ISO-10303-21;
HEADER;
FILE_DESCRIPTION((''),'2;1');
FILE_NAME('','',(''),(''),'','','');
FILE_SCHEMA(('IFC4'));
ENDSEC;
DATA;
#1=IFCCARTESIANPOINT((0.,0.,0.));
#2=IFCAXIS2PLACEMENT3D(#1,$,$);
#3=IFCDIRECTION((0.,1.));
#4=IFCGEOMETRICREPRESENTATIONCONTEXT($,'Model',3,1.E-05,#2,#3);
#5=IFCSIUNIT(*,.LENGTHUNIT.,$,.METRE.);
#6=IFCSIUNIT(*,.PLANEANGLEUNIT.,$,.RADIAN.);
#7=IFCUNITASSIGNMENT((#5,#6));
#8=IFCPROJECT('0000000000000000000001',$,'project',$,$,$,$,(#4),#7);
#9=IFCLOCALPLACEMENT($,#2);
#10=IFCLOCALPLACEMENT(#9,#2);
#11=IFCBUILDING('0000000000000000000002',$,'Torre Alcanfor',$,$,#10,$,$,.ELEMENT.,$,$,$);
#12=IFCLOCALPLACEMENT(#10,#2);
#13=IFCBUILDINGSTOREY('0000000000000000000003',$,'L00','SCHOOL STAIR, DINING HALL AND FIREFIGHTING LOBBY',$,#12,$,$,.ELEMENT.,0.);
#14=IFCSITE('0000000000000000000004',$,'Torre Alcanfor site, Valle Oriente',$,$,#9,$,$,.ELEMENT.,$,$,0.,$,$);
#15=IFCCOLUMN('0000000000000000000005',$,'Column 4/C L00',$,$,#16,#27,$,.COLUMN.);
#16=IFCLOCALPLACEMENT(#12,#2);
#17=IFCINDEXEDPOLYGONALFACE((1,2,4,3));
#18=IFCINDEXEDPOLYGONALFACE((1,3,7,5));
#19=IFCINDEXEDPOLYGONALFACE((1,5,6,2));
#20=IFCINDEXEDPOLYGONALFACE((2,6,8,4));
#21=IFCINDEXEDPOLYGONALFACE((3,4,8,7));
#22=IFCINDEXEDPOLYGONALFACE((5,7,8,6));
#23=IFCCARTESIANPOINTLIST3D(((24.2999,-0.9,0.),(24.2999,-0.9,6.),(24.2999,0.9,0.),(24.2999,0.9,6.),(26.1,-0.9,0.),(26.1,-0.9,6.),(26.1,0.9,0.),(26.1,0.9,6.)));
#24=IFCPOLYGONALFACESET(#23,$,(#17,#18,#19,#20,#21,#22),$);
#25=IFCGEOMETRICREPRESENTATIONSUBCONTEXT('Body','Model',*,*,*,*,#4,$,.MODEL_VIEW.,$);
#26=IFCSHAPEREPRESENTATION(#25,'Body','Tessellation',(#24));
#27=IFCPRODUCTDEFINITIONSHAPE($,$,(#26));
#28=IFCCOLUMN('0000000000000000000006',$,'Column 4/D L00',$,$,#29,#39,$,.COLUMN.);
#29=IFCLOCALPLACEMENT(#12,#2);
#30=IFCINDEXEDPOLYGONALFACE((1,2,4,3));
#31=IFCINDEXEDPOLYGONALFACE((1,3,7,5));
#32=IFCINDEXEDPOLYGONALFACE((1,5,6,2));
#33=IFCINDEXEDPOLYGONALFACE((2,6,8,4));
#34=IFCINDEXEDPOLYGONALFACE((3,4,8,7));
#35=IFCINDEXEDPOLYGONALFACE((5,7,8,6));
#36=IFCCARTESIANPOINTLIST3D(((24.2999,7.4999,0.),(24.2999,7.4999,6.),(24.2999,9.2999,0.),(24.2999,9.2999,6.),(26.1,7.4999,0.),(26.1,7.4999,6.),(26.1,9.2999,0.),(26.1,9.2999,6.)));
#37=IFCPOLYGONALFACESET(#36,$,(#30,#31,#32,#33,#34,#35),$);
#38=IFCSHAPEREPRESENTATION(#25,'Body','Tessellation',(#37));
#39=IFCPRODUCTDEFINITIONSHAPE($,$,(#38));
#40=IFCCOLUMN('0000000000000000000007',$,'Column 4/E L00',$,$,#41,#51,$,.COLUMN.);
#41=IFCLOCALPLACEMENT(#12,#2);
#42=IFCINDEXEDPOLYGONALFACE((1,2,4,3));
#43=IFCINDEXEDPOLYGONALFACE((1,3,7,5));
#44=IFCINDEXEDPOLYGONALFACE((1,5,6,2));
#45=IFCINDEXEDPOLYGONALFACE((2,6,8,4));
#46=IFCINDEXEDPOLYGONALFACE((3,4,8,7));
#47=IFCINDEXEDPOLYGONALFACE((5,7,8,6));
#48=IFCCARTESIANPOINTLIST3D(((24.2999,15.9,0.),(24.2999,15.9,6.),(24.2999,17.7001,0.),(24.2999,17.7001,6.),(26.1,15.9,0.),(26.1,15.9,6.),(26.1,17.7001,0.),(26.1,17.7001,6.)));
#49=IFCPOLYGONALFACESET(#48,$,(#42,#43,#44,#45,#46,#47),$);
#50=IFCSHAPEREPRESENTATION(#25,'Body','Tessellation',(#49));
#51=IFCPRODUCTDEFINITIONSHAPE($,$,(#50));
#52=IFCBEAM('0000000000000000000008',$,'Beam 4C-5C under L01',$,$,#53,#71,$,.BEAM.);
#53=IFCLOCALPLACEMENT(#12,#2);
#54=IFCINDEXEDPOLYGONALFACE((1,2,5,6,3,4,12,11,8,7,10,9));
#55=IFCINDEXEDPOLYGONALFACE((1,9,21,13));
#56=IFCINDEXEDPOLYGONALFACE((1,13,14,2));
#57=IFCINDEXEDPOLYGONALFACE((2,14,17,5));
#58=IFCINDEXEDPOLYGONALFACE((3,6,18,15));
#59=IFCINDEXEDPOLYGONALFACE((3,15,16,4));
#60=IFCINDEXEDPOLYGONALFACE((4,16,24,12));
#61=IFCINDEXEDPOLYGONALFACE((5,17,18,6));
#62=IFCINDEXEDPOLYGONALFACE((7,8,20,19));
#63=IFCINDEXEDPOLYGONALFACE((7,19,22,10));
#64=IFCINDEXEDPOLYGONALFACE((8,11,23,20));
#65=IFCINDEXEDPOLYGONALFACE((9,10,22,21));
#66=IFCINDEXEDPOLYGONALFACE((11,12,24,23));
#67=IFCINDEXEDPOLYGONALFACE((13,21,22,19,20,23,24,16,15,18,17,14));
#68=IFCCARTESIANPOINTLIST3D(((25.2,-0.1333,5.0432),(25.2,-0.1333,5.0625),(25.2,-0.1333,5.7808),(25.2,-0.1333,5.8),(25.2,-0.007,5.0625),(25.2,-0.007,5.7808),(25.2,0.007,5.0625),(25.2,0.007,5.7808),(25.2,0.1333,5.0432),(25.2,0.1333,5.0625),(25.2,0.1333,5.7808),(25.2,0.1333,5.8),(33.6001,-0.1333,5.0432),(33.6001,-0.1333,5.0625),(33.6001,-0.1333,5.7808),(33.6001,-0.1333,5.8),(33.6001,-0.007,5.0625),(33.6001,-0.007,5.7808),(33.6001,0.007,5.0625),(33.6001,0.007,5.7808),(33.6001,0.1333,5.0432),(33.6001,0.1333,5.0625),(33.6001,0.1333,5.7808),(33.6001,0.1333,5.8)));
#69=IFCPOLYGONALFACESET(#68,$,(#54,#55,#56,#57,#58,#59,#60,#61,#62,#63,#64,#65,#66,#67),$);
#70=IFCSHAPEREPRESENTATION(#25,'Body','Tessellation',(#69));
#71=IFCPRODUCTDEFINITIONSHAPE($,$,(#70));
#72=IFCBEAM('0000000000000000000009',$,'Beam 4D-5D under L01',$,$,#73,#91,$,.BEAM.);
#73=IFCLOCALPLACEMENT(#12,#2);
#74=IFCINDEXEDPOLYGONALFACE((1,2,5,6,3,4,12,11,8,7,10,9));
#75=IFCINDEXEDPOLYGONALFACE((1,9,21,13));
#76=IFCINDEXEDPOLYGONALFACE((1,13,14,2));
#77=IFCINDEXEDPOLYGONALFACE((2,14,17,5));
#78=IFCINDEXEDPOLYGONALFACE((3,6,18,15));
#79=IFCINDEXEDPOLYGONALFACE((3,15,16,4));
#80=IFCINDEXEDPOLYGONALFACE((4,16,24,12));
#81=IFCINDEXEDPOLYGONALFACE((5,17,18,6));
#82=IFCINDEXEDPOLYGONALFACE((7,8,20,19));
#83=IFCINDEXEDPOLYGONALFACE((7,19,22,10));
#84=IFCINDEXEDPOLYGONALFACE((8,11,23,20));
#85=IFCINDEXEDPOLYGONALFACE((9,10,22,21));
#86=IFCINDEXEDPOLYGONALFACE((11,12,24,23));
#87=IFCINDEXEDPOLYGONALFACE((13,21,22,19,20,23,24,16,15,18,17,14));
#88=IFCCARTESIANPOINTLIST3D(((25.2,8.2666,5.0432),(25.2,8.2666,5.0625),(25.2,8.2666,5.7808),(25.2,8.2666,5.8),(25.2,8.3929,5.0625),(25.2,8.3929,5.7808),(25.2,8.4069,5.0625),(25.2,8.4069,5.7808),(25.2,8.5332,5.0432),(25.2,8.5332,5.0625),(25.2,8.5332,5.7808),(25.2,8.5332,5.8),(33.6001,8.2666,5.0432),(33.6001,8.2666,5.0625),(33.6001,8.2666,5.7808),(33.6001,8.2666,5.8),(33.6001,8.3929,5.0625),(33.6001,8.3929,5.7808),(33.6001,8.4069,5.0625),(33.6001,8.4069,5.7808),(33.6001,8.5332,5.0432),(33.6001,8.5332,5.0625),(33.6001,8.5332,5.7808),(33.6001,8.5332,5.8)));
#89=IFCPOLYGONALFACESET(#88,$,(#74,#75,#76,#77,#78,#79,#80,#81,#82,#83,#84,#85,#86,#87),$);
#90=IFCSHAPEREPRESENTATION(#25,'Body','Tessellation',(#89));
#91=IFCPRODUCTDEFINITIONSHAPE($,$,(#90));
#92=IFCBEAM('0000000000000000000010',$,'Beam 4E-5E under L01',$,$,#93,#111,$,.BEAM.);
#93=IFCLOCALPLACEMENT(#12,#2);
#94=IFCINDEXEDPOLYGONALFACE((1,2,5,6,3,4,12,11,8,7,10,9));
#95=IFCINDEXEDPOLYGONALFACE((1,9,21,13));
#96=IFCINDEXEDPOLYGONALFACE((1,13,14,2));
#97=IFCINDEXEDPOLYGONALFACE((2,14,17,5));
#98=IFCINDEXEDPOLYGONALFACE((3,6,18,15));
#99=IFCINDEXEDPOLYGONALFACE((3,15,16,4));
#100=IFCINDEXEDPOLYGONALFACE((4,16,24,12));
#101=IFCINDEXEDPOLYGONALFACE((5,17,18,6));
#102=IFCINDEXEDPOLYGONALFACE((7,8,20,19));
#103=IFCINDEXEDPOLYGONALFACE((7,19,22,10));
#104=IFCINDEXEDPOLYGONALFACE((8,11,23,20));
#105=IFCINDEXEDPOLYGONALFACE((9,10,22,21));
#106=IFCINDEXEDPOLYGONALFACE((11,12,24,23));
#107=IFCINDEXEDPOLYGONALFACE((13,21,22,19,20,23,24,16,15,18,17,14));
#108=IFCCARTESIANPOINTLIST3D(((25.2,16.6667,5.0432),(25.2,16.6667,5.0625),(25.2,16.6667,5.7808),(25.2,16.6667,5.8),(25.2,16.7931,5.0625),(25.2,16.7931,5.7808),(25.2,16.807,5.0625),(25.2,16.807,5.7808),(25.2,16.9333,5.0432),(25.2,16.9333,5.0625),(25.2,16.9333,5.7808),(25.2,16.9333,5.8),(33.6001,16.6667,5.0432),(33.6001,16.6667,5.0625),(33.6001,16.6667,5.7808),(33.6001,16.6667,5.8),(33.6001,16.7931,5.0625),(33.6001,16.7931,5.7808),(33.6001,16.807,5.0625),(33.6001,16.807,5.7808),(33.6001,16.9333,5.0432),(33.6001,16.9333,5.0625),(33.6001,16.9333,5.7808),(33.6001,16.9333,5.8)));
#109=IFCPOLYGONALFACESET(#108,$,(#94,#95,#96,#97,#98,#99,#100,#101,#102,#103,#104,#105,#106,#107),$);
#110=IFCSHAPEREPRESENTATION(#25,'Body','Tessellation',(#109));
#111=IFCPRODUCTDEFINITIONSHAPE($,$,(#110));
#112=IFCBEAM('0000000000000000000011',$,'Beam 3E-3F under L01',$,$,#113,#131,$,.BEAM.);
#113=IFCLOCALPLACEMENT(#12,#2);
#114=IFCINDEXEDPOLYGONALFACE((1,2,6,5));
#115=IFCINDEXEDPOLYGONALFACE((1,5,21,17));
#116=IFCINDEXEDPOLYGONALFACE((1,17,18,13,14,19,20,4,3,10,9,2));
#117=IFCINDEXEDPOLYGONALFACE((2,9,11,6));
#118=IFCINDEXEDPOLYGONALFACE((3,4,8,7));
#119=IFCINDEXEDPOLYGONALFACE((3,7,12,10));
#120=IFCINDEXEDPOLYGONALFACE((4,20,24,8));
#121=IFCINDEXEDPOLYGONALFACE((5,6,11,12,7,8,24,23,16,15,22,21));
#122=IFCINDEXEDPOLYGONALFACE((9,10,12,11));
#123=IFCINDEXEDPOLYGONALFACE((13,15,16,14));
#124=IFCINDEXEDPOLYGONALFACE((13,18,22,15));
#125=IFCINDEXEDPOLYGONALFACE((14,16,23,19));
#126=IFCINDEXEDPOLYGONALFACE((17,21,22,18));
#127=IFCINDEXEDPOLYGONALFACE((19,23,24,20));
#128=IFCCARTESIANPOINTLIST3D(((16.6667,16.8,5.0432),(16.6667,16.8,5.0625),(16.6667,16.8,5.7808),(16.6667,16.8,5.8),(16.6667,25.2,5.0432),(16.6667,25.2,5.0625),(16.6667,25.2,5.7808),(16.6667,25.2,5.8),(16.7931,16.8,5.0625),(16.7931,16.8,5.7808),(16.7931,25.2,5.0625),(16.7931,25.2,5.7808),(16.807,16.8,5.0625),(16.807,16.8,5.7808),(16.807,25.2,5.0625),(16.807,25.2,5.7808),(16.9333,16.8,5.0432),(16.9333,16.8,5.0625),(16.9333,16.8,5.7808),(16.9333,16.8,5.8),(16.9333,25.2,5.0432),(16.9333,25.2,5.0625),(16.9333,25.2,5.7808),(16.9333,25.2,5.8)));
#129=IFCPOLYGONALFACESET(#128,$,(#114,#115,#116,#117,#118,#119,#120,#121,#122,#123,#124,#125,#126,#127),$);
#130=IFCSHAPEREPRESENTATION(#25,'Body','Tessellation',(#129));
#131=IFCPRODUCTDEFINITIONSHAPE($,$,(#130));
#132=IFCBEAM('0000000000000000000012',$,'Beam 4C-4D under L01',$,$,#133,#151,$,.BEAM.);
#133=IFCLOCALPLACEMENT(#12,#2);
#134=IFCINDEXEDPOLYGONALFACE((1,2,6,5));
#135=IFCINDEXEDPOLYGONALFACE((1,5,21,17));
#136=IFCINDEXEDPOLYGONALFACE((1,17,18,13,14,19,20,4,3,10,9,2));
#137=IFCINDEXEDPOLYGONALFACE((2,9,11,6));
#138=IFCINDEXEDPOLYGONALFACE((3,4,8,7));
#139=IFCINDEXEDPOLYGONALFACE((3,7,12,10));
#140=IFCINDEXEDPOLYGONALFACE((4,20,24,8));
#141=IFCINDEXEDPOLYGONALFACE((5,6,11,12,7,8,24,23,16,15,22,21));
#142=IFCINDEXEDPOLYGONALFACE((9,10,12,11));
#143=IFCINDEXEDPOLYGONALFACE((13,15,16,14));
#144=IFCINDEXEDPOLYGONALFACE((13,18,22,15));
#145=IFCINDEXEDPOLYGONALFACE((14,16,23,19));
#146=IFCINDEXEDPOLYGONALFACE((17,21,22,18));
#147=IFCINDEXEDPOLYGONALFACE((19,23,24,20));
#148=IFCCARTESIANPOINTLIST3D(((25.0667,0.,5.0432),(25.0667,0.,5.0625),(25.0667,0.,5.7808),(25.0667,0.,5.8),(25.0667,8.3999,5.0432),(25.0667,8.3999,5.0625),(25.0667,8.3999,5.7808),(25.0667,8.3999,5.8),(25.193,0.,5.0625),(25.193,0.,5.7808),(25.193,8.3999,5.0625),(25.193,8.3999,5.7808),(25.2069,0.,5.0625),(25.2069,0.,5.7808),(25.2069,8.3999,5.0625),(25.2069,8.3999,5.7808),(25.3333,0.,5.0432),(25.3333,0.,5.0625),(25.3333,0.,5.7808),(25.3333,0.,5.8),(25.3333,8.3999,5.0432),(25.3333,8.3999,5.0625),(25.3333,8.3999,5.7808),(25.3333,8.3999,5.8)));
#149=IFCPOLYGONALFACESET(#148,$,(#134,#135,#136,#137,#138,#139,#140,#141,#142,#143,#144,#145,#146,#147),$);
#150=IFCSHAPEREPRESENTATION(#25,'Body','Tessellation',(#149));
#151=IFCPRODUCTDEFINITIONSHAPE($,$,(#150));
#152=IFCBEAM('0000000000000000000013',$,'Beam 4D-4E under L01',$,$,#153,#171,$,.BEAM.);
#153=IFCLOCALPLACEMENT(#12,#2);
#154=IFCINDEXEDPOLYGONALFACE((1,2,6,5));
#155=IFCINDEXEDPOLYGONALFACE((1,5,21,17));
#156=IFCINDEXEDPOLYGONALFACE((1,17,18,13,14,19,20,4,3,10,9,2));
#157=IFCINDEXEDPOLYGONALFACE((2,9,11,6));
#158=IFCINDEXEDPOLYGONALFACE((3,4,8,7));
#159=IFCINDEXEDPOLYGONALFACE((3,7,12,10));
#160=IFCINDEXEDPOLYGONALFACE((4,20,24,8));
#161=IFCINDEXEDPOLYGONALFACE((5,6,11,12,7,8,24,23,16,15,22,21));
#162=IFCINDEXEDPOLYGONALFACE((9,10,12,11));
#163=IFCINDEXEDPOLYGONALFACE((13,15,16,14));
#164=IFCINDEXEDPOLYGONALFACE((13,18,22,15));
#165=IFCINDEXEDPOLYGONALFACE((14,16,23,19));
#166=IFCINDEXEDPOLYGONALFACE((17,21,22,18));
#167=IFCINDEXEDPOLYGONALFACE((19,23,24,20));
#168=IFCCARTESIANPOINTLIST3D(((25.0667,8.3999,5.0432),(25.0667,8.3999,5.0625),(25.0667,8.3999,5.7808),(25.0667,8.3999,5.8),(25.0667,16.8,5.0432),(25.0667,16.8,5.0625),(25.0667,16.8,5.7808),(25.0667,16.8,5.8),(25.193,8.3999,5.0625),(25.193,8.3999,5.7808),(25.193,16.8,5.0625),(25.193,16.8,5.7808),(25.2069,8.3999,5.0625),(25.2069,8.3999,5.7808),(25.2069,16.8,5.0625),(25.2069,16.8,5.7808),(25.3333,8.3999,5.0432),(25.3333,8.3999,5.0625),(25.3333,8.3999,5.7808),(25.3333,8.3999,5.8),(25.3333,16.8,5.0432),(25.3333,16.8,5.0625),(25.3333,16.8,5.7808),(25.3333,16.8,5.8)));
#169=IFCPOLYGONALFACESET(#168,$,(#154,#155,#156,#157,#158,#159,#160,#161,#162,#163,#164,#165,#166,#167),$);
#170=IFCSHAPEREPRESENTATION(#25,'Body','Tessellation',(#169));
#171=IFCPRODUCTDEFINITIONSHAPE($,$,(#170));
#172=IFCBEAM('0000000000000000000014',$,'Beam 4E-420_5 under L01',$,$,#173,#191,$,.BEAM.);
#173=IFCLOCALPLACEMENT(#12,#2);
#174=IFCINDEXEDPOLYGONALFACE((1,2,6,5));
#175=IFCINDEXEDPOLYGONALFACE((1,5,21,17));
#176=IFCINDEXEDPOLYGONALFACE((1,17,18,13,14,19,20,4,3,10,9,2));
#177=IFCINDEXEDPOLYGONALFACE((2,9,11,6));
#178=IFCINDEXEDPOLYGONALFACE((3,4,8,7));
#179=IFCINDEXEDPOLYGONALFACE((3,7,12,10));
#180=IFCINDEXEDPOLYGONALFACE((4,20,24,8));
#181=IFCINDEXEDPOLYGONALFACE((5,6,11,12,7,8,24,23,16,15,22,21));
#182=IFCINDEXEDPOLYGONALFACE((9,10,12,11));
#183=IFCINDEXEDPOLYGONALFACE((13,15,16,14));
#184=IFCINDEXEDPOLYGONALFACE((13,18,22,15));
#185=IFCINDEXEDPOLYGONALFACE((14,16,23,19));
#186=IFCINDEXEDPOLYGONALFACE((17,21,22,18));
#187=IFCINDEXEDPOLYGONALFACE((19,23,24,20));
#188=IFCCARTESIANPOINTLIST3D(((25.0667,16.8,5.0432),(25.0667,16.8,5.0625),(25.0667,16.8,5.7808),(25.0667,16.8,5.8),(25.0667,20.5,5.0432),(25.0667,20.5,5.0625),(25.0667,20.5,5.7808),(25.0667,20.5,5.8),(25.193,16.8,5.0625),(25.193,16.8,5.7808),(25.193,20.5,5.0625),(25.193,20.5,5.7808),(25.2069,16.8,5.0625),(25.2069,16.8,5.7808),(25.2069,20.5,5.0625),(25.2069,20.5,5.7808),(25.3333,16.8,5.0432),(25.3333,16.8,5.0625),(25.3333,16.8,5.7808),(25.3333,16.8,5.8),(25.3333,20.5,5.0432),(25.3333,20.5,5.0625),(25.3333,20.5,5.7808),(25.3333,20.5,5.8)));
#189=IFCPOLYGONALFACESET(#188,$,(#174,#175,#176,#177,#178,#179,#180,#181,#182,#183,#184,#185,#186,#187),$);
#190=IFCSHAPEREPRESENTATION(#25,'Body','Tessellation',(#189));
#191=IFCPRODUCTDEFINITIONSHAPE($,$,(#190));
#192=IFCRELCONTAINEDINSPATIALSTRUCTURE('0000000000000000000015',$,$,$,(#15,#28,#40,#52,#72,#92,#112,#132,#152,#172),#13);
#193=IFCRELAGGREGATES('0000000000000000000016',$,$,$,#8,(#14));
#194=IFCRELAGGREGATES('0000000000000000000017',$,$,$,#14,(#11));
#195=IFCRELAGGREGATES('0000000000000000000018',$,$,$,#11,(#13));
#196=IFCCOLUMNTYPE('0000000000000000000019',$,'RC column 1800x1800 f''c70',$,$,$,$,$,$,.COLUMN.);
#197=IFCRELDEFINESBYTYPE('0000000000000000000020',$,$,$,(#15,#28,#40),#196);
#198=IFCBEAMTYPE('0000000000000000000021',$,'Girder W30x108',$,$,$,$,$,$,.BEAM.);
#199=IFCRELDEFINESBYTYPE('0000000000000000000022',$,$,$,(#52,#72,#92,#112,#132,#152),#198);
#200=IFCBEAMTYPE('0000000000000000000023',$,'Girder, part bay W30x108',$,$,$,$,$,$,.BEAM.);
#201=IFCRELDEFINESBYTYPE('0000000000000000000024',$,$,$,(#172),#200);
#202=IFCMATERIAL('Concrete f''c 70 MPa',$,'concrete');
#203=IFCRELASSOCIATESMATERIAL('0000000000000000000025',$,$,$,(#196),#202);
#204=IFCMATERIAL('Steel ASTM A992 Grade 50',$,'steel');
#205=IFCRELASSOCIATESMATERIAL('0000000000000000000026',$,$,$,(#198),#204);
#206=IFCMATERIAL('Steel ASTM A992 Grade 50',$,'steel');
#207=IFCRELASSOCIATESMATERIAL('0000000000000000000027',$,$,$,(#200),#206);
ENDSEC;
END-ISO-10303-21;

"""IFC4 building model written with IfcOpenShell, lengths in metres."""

from ifc_helpers import new_model, si_unit, direction, frame, origin, origin_2d, place, context, subcontext, project, spatial, rectangle, i_section, extrude, material, material_profile, profile_set, type_object, element, save


model = new_model("IFC4")

# Units and contexts
model_context = context("Model", 3, precision=1e-05, world=origin(), true_north=direction((0.0, 1.0)))
body_context = subcontext(model_context, "Body", "Model", "MODEL_VIEW")
ifc_project = project(units=[si_unit("LENGTHUNIT", "METRE"), si_unit("PLANEANGLEUNIT", "RADIAN")], contexts=[model_context])

# Site, building, storey
site_placement = place(None, origin())
site = spatial("IfcSite", under=ifc_project, at=site_placement, Name="Torre Alcanfor site, Valle Oriente", CompositionType="ELEMENT", RefElevation=0.0)
building_placement = place(site_placement, origin())
building = spatial("IfcBuilding", under=site, at=building_placement, Name="Torre Alcanfor", CompositionType="ELEMENT")
storey_placement = place(building_placement, origin())
storey = spatial("IfcBuildingStorey", under=building, at=storey_placement, Name="L00", Description="SCHOOL STAIR, DINING HALL AND FIREFIGHTING LOBBY", CompositionType="ELEMENT", Elevation=0.0)

# Columns
ifc_material_1 = material(Name="Concrete f'c 70 MPa", Category="concrete")
ifc_material_profile_1 = material_profile(ifc_material_1, rectangle(XDim=1.8, YDim=1.8, at=origin_2d()), Name="1800x1800")
ifc_profile_set_1 = profile_set([ifc_material_profile_1], Name="Concrete f'c 70 MPa")
column_type = type_object("IfcColumnType", Name="RC column 1800x1800 f'c70", PredefinedType="COLUMN", material=ifc_profile_set_1)
for number, where, z_axis, x_axis, name in (
    (1, (25.2, 0.0, 0.0), (0.0, 0.0, 1.0), (1.0, 0.0, 0.0), "Column 4/C L00"),
    (2, (25.2, 8.3999, 0.0), (0.0, 0.0, 1.0), (1.0, 0.0, 0.0), "Column 4/D L00"),
    (3, (25.2, 16.8, 0.0), (0.0, 0.0, 1.0), (1.0, 0.0, 0.0), "Column 4/E L00"),
):
    element("IfcColumn", number, at=place(storey_placement, frame(where, z_axis=z_axis, x_axis=x_axis)), inside=storey, type_object=column_type, Name=name, PredefinedType="COLUMN", context=body_context, shape_type="SweptSolid", body=[
        extrude(rectangle(XDim=1.8, YDim=1.8, at=origin_2d()), origin(), (0.0, 0.0, 1.0), 6.0),
    ])

# Beams
ifc_material_2 = material(Name="Steel ASTM A992 Grade 50", Category="steel")
ifc_material_profile_2 = material_profile(ifc_material_2, i_section(OverallWidth=0.2666, OverallDepth=0.7568, WebThickness=0.0139, FlangeThickness=0.0193, at=origin_2d()), Name="W30x108")
ifc_profile_set_2 = profile_set([ifc_material_profile_2], Name="Steel ASTM A992 Grade 50")
beam_type_1 = type_object("IfcBeamType", Name="Girder W30x108", PredefinedType="BEAM", material=ifc_profile_set_2)
for number, where, z_axis, x_axis, name in (
    (4, (25.2, 0.0, 5.4216), (1.0, 0.0, 0.0), (0.0, 1.0, 0.0), "Beam 4C-5C under L01"),
    (5, (25.2, 8.3999, 5.4216), (1.0, 0.0, 0.0), (0.0, 1.0, 0.0), "Beam 4D-5D under L01"),
    (6, (25.2, 16.8, 5.4216), (1.0, 0.0, 0.0), (0.0, 1.0, 0.0), "Beam 4E-5E under L01"),
):
    element("IfcBeam", number, at=place(storey_placement, frame(where, z_axis=z_axis, x_axis=x_axis)), inside=storey, type_object=beam_type_1, Name=name, PredefinedType="BEAM", context=body_context, shape_type="SweptSolid", body=[
        extrude(i_section(OverallWidth=0.2666, OverallDepth=0.7568, WebThickness=0.0139, FlangeThickness=0.0193, at=origin_2d()), origin(), (0.0, 0.0, 1.0), 8.4001),
    ])
for number, where, z_axis, x_axis, name in (
    (7, (16.8, 16.8, 5.4216), (0.0, 1.0, 0.0), (-1.0, 0.0, 0.0), "Beam 3E-3F under L01"),
    (8, (25.2, 0.0, 5.4216), (0.0, 1.0, 0.0), (-1.0, 0.0, 0.0), "Beam 4C-4D under L01"),
):
    element("IfcBeam", number, at=place(storey_placement, frame(where, z_axis=z_axis, x_axis=x_axis)), inside=storey, type_object=beam_type_1, Name=name, PredefinedType="BEAM", context=body_context, shape_type="SweptSolid", body=[
        extrude(i_section(OverallWidth=0.2666, OverallDepth=0.7568, WebThickness=0.0139, FlangeThickness=0.0193, at=origin_2d()), origin(), (0.0, 0.0, 1.0), 8.3999),
    ])
beam_1_placement = place(storey_placement, frame((25.2, 8.3999, 5.4216), z_axis=(0.0, 1.0, 0.0), x_axis=(-1.0, 0.0, 0.0)))
element("IfcBeam", 9, at=beam_1_placement, inside=storey, type_object=beam_type_1, Name="Beam 4D-4E under L01", PredefinedType="BEAM", context=body_context, shape_type="SweptSolid", body=[
    extrude(i_section(OverallWidth=0.2666, OverallDepth=0.7568, WebThickness=0.0139, FlangeThickness=0.0193, at=origin_2d()), origin(), (0.0, 0.0, 1.0), 8.4001),
])
ifc_material_3 = material(Name="Steel ASTM A992 Grade 50", Category="steel")
ifc_material_profile_3 = material_profile(ifc_material_3, i_section(OverallWidth=0.2666, OverallDepth=0.7568, WebThickness=0.0139, FlangeThickness=0.0193, at=origin_2d()), Name="W30x108")
ifc_profile_set_3 = profile_set([ifc_material_profile_3], Name="Steel ASTM A992 Grade 50")
beam_type_2 = type_object("IfcBeamType", Name="Girder, part bay W30x108", PredefinedType="BEAM", material=ifc_profile_set_3)
beam_2_placement = place(storey_placement, frame((25.2, 16.8, 5.4216), z_axis=(0.0, 1.0, 0.0), x_axis=(-1.0, 0.0, 0.0)))
element("IfcBeam", 10, at=beam_2_placement, inside=storey, type_object=beam_type_2, Name="Beam 4E-420_5 under L01", PredefinedType="BEAM", context=body_context, shape_type="SweptSolid", body=[
    extrude(i_section(OverallWidth=0.2666, OverallDepth=0.7568, WebThickness=0.0139, FlangeThickness=0.0193, at=origin_2d()), origin(), (0.0, 0.0, 1.0), 3.7),
])

save(model, "model.ifc")
